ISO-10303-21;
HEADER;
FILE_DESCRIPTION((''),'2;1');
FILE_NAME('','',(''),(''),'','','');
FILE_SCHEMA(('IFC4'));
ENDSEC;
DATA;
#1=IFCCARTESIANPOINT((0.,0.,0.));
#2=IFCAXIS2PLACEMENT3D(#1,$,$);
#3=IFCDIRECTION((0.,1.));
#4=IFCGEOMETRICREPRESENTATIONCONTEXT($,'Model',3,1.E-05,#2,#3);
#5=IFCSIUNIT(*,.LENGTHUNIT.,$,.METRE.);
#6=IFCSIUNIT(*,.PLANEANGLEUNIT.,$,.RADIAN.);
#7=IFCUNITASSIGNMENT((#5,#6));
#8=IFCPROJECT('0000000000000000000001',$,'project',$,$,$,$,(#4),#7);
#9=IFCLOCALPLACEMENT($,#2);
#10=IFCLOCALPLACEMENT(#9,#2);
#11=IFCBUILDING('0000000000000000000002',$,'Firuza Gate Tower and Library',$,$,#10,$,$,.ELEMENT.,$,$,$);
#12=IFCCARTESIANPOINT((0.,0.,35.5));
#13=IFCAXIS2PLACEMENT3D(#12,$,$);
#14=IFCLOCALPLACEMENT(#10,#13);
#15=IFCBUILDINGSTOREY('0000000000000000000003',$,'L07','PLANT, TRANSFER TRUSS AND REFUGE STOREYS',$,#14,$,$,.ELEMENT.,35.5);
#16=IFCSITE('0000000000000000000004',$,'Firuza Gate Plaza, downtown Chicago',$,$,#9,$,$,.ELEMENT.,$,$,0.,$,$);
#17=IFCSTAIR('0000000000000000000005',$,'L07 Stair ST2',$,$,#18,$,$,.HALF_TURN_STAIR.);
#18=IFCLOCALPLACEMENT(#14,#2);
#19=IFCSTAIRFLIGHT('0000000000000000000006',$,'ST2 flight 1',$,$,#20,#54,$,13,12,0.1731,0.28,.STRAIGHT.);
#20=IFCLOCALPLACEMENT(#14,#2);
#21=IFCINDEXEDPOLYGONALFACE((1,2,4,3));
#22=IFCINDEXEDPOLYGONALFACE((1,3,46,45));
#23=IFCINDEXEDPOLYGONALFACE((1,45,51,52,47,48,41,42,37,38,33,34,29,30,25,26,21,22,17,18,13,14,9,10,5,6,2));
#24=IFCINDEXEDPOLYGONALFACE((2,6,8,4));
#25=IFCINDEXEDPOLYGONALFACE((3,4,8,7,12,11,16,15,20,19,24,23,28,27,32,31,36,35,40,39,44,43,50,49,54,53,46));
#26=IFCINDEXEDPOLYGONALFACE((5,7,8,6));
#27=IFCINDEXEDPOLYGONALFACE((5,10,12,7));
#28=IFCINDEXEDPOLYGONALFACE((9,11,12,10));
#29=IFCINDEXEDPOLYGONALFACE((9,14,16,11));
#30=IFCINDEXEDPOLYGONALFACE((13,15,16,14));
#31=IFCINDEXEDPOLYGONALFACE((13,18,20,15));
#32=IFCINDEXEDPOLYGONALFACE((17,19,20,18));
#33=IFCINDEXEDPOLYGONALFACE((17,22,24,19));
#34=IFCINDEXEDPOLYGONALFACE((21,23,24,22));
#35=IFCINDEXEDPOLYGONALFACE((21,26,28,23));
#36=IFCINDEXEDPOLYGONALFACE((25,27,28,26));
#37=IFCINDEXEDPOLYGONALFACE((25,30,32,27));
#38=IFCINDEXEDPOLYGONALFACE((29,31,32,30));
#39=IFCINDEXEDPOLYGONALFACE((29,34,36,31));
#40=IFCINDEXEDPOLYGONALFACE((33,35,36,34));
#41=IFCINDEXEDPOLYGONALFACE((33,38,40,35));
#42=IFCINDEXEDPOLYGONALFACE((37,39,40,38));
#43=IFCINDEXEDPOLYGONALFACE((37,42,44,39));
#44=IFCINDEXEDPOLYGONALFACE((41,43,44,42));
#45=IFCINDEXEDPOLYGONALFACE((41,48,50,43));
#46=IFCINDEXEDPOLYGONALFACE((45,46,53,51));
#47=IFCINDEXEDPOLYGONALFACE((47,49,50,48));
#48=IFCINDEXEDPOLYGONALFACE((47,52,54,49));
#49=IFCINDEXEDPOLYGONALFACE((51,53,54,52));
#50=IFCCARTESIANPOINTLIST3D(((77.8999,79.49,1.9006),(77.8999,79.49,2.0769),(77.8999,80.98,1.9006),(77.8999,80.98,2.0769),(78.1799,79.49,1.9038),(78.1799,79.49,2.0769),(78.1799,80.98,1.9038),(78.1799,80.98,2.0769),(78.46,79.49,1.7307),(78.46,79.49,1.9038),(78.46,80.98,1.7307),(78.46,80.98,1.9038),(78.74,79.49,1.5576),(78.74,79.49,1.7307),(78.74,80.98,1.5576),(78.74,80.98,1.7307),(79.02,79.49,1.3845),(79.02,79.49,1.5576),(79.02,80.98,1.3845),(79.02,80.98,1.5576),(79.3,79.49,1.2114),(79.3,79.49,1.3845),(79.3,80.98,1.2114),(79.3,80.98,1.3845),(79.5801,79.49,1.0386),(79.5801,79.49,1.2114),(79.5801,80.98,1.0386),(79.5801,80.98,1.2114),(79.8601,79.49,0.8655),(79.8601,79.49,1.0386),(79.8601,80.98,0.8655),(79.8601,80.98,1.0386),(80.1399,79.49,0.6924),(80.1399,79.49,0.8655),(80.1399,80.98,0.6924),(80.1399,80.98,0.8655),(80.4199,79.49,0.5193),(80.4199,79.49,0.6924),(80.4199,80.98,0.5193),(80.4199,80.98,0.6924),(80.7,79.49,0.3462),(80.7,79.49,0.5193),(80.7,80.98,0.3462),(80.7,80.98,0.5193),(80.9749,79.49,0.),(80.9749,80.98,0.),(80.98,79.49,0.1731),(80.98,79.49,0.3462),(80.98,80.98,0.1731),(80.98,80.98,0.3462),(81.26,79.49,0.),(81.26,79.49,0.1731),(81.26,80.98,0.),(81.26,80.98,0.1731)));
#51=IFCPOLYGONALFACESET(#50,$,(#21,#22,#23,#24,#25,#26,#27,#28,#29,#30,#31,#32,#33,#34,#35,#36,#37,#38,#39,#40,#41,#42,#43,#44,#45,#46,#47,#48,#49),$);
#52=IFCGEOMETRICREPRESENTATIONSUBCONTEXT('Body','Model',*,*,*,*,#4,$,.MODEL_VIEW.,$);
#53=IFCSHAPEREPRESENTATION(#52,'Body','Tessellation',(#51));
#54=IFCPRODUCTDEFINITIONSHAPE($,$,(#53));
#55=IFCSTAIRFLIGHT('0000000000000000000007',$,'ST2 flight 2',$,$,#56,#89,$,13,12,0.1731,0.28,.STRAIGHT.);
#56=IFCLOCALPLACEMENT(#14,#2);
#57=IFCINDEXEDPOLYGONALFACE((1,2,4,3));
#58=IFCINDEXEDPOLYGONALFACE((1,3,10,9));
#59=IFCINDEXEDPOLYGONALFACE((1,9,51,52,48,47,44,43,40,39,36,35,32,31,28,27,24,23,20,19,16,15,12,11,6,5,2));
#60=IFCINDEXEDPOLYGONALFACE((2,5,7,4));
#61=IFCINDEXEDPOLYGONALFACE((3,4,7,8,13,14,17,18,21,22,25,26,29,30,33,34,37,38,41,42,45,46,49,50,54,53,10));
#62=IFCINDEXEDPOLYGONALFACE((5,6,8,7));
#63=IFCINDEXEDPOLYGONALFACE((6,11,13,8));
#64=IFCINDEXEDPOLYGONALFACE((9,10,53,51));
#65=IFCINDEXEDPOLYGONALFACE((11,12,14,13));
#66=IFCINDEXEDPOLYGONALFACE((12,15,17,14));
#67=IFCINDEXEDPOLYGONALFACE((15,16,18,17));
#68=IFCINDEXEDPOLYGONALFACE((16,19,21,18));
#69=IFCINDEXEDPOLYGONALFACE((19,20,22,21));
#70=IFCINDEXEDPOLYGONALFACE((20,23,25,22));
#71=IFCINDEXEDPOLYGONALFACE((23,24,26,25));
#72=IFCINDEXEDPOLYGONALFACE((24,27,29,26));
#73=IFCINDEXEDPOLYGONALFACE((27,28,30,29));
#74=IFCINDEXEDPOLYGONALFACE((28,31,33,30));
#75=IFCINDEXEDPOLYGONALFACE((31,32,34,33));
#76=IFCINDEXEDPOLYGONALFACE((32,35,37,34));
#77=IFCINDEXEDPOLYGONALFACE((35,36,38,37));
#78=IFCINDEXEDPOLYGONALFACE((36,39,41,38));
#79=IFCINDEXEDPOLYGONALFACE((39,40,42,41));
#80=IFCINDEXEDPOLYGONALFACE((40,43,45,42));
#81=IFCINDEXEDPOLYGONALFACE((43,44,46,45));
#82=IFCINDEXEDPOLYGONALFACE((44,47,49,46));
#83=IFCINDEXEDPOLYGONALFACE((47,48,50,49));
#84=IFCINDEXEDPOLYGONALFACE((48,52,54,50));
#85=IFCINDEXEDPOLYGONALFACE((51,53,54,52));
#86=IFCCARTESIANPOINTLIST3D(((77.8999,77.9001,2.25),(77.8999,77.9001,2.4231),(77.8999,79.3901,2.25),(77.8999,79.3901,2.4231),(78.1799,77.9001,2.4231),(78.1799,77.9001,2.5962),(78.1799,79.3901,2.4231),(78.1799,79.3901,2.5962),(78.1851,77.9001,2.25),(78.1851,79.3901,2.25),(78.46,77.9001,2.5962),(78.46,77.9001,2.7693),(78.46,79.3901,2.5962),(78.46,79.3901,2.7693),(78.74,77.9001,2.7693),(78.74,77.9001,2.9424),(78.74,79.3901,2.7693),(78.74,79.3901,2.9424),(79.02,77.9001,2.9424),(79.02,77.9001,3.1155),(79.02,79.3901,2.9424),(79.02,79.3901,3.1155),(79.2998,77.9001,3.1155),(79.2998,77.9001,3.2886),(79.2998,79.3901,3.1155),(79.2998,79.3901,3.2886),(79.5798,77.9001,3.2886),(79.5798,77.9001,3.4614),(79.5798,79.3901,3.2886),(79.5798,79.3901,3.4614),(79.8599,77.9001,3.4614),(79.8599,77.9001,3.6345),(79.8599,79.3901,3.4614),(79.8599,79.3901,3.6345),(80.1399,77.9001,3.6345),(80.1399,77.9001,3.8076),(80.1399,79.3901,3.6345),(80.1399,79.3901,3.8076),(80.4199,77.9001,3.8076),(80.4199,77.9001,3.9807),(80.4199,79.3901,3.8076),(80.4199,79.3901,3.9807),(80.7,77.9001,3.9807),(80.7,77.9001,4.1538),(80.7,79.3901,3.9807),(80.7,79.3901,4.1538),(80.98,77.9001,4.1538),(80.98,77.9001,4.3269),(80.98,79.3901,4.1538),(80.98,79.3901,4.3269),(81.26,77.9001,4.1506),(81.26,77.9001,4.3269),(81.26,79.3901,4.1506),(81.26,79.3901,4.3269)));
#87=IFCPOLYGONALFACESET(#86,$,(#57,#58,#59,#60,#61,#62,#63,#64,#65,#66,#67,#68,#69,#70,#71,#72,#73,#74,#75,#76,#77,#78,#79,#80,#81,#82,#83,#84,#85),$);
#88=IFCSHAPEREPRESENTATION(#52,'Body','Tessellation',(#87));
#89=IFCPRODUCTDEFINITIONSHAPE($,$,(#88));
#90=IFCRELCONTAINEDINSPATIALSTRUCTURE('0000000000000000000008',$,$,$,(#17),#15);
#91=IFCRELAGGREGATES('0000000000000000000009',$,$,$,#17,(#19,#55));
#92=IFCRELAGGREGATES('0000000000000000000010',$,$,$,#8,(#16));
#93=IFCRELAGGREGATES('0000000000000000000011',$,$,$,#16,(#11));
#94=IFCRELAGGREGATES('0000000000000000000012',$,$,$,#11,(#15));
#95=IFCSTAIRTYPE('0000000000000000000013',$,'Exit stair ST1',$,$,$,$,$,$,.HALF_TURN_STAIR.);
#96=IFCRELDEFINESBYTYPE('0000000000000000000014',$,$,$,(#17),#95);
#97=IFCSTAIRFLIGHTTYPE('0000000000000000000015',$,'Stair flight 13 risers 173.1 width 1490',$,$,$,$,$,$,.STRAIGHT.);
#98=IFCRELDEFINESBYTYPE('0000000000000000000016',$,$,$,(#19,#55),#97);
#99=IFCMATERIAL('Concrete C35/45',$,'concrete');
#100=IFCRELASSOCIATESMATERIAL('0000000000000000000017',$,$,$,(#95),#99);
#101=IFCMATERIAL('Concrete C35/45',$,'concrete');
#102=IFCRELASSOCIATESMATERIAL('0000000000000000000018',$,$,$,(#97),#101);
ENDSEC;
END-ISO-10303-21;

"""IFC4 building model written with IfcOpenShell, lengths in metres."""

from ifc_helpers import new_model, si_unit, direction, frame, origin, place, context, subcontext, project, spatial, polyline, outline, extrude, material, type_object, element, aggregate, save


model = new_model("IFC4")

# Units and contexts
model_context = context("Model", 3, precision=1e-05, world=origin(), true_north=direction((0.0, 1.0)))
body_context = subcontext(model_context, "Body", "Model", "MODEL_VIEW")
ifc_project = project(units=[si_unit("LENGTHUNIT", "METRE"), si_unit("PLANEANGLEUNIT", "RADIAN")], contexts=[model_context])

# Site, building, storey
site_placement = place(None, origin())
site = spatial("IfcSite", under=ifc_project, at=site_placement, Name="Firuza Gate Plaza, downtown Chicago", CompositionType="ELEMENT", RefElevation=0.0)
building_placement = place(site_placement, origin())
building = spatial("IfcBuilding", under=site, at=building_placement, Name="Firuza Gate Tower and Library", CompositionType="ELEMENT")
storey_placement = place(building_placement, frame((0.0, 0.0, 35.5)))
storey = spatial("IfcBuildingStorey", under=building, at=storey_placement, Name="L07", Description="PLANT, TRANSFER TRUSS AND REFUGE STOREYS", CompositionType="ELEMENT", Elevation=35.5)

# Stair, stair flights
ifc_material_1 = material(Name="Concrete C35/45", Category="concrete")
stair_type = type_object("IfcStairType", Name="Exit stair ST1", PredefinedType="HALF_TURN_STAIR", material=ifc_material_1)
stair_placement = place(storey_placement, origin())
stair = element("IfcStair", 1, at=stair_placement, inside=storey, type_object=stair_type, Name="L07 Stair ST2", PredefinedType="HALF_TURN_STAIR")
ifc_material_2 = material(Name="Concrete C35/45", Category="concrete")
stair_flight_type = type_object("IfcStairFlightType", Name="Stair flight 13 risers 173.1 width 1490", PredefinedType="STRAIGHT", material=ifc_material_2)
stair_flight_1_placement = place(storey_placement, frame((81.26, 80.2351, 0.0), z_axis=(0.0, 0.0, 1.0), x_axis=(-1.0, 0.0, 0.0)))
stair_flight_1 = element("IfcStairFlight", 2, at=stair_flight_1_placement, type_object=stair_flight_type, Name="ST2 flight 1", NumberOfRisers=13, NumberOfTreads=12, PredefinedType="STRAIGHT", RiserHeight=0.1731, TreadLength=0.28, context=body_context, shape_type="SweptSolid", body=[
    extrude(outline(polyline([(0.0, 0.0), (0.0, 0.1731), (0.28, 0.1731), (0.28, 0.3462), (0.5601, 0.3462), (0.5601, 0.5193), (0.8401, 0.5193), (0.8401, 0.6924), (1.1201, 0.6924), (1.1201, 0.8655), (1.3999, 0.8655), (1.3999, 1.0386), (1.6799, 1.0386), (1.6799, 1.2114), (1.96, 1.2114), (1.96, 1.3845), (2.24, 1.3845), (2.24, 1.5576), (2.52, 1.5576), (2.52, 1.7307), (2.8, 1.7307), (2.8, 1.9038), (3.0801, 1.9038), (3.0801, 2.0769), (3.3601, 2.0769), (3.3601, 2.25), (3.3601, 1.9006), (0.2852, 0.0), (0.0, 0.0)])), frame((0.0, 0.7451, 0.0), z_axis=(0.0, -1.0, 0.0), x_axis=(1.0, 0.0, 0.0)), (0.0, 0.0, 1.0), 1.49),
])
stair_flight_2_placement = place(storey_placement, frame((77.8999, 78.645, 2.25), z_axis=(0.0, 0.0, 1.0), x_axis=(1.0, 0.0, 0.0)))
stair_flight_2 = element("IfcStairFlight", 3, at=stair_flight_2_placement, type_object=stair_flight_type, Name="ST2 flight 2", NumberOfRisers=13, NumberOfTreads=12, PredefinedType="STRAIGHT", RiserHeight=0.1731, TreadLength=0.28, context=body_context, shape_type="SweptSolid", body=[
    extrude(outline(polyline([(0.0, 0.0), (0.0, 0.1731), (0.28, 0.1731), (0.28, 0.3462), (0.5601, 0.3462), (0.5601, 0.5193), (0.8401, 0.5193), (0.8401, 0.6924), (1.1201, 0.6924), (1.1201, 0.8655), (1.3999, 0.8655), (1.3999, 1.0386), (1.6799, 1.0386), (1.6799, 1.2114), (1.96, 1.2114), (1.96, 1.3845), (2.24, 1.3845), (2.24, 1.5576), (2.52, 1.5576), (2.52, 1.7307), (2.8, 1.7307), (2.8, 1.9038), (3.0801, 1.9038), (3.0801, 2.0769), (3.3601, 2.0769), (3.3601, 2.25), (3.3601, 1.9006), (0.2852, 0.0), (0.0, 0.0)])), frame((0.0, 0.7451, 0.0), z_axis=(0.0, -1.0, 0.0), x_axis=(1.0, 0.0, 0.0)), (0.0, 0.0, 1.0), 1.49),
])
aggregate(stair, [stair_flight_1, stair_flight_2])

save(model, "model.ifc")
